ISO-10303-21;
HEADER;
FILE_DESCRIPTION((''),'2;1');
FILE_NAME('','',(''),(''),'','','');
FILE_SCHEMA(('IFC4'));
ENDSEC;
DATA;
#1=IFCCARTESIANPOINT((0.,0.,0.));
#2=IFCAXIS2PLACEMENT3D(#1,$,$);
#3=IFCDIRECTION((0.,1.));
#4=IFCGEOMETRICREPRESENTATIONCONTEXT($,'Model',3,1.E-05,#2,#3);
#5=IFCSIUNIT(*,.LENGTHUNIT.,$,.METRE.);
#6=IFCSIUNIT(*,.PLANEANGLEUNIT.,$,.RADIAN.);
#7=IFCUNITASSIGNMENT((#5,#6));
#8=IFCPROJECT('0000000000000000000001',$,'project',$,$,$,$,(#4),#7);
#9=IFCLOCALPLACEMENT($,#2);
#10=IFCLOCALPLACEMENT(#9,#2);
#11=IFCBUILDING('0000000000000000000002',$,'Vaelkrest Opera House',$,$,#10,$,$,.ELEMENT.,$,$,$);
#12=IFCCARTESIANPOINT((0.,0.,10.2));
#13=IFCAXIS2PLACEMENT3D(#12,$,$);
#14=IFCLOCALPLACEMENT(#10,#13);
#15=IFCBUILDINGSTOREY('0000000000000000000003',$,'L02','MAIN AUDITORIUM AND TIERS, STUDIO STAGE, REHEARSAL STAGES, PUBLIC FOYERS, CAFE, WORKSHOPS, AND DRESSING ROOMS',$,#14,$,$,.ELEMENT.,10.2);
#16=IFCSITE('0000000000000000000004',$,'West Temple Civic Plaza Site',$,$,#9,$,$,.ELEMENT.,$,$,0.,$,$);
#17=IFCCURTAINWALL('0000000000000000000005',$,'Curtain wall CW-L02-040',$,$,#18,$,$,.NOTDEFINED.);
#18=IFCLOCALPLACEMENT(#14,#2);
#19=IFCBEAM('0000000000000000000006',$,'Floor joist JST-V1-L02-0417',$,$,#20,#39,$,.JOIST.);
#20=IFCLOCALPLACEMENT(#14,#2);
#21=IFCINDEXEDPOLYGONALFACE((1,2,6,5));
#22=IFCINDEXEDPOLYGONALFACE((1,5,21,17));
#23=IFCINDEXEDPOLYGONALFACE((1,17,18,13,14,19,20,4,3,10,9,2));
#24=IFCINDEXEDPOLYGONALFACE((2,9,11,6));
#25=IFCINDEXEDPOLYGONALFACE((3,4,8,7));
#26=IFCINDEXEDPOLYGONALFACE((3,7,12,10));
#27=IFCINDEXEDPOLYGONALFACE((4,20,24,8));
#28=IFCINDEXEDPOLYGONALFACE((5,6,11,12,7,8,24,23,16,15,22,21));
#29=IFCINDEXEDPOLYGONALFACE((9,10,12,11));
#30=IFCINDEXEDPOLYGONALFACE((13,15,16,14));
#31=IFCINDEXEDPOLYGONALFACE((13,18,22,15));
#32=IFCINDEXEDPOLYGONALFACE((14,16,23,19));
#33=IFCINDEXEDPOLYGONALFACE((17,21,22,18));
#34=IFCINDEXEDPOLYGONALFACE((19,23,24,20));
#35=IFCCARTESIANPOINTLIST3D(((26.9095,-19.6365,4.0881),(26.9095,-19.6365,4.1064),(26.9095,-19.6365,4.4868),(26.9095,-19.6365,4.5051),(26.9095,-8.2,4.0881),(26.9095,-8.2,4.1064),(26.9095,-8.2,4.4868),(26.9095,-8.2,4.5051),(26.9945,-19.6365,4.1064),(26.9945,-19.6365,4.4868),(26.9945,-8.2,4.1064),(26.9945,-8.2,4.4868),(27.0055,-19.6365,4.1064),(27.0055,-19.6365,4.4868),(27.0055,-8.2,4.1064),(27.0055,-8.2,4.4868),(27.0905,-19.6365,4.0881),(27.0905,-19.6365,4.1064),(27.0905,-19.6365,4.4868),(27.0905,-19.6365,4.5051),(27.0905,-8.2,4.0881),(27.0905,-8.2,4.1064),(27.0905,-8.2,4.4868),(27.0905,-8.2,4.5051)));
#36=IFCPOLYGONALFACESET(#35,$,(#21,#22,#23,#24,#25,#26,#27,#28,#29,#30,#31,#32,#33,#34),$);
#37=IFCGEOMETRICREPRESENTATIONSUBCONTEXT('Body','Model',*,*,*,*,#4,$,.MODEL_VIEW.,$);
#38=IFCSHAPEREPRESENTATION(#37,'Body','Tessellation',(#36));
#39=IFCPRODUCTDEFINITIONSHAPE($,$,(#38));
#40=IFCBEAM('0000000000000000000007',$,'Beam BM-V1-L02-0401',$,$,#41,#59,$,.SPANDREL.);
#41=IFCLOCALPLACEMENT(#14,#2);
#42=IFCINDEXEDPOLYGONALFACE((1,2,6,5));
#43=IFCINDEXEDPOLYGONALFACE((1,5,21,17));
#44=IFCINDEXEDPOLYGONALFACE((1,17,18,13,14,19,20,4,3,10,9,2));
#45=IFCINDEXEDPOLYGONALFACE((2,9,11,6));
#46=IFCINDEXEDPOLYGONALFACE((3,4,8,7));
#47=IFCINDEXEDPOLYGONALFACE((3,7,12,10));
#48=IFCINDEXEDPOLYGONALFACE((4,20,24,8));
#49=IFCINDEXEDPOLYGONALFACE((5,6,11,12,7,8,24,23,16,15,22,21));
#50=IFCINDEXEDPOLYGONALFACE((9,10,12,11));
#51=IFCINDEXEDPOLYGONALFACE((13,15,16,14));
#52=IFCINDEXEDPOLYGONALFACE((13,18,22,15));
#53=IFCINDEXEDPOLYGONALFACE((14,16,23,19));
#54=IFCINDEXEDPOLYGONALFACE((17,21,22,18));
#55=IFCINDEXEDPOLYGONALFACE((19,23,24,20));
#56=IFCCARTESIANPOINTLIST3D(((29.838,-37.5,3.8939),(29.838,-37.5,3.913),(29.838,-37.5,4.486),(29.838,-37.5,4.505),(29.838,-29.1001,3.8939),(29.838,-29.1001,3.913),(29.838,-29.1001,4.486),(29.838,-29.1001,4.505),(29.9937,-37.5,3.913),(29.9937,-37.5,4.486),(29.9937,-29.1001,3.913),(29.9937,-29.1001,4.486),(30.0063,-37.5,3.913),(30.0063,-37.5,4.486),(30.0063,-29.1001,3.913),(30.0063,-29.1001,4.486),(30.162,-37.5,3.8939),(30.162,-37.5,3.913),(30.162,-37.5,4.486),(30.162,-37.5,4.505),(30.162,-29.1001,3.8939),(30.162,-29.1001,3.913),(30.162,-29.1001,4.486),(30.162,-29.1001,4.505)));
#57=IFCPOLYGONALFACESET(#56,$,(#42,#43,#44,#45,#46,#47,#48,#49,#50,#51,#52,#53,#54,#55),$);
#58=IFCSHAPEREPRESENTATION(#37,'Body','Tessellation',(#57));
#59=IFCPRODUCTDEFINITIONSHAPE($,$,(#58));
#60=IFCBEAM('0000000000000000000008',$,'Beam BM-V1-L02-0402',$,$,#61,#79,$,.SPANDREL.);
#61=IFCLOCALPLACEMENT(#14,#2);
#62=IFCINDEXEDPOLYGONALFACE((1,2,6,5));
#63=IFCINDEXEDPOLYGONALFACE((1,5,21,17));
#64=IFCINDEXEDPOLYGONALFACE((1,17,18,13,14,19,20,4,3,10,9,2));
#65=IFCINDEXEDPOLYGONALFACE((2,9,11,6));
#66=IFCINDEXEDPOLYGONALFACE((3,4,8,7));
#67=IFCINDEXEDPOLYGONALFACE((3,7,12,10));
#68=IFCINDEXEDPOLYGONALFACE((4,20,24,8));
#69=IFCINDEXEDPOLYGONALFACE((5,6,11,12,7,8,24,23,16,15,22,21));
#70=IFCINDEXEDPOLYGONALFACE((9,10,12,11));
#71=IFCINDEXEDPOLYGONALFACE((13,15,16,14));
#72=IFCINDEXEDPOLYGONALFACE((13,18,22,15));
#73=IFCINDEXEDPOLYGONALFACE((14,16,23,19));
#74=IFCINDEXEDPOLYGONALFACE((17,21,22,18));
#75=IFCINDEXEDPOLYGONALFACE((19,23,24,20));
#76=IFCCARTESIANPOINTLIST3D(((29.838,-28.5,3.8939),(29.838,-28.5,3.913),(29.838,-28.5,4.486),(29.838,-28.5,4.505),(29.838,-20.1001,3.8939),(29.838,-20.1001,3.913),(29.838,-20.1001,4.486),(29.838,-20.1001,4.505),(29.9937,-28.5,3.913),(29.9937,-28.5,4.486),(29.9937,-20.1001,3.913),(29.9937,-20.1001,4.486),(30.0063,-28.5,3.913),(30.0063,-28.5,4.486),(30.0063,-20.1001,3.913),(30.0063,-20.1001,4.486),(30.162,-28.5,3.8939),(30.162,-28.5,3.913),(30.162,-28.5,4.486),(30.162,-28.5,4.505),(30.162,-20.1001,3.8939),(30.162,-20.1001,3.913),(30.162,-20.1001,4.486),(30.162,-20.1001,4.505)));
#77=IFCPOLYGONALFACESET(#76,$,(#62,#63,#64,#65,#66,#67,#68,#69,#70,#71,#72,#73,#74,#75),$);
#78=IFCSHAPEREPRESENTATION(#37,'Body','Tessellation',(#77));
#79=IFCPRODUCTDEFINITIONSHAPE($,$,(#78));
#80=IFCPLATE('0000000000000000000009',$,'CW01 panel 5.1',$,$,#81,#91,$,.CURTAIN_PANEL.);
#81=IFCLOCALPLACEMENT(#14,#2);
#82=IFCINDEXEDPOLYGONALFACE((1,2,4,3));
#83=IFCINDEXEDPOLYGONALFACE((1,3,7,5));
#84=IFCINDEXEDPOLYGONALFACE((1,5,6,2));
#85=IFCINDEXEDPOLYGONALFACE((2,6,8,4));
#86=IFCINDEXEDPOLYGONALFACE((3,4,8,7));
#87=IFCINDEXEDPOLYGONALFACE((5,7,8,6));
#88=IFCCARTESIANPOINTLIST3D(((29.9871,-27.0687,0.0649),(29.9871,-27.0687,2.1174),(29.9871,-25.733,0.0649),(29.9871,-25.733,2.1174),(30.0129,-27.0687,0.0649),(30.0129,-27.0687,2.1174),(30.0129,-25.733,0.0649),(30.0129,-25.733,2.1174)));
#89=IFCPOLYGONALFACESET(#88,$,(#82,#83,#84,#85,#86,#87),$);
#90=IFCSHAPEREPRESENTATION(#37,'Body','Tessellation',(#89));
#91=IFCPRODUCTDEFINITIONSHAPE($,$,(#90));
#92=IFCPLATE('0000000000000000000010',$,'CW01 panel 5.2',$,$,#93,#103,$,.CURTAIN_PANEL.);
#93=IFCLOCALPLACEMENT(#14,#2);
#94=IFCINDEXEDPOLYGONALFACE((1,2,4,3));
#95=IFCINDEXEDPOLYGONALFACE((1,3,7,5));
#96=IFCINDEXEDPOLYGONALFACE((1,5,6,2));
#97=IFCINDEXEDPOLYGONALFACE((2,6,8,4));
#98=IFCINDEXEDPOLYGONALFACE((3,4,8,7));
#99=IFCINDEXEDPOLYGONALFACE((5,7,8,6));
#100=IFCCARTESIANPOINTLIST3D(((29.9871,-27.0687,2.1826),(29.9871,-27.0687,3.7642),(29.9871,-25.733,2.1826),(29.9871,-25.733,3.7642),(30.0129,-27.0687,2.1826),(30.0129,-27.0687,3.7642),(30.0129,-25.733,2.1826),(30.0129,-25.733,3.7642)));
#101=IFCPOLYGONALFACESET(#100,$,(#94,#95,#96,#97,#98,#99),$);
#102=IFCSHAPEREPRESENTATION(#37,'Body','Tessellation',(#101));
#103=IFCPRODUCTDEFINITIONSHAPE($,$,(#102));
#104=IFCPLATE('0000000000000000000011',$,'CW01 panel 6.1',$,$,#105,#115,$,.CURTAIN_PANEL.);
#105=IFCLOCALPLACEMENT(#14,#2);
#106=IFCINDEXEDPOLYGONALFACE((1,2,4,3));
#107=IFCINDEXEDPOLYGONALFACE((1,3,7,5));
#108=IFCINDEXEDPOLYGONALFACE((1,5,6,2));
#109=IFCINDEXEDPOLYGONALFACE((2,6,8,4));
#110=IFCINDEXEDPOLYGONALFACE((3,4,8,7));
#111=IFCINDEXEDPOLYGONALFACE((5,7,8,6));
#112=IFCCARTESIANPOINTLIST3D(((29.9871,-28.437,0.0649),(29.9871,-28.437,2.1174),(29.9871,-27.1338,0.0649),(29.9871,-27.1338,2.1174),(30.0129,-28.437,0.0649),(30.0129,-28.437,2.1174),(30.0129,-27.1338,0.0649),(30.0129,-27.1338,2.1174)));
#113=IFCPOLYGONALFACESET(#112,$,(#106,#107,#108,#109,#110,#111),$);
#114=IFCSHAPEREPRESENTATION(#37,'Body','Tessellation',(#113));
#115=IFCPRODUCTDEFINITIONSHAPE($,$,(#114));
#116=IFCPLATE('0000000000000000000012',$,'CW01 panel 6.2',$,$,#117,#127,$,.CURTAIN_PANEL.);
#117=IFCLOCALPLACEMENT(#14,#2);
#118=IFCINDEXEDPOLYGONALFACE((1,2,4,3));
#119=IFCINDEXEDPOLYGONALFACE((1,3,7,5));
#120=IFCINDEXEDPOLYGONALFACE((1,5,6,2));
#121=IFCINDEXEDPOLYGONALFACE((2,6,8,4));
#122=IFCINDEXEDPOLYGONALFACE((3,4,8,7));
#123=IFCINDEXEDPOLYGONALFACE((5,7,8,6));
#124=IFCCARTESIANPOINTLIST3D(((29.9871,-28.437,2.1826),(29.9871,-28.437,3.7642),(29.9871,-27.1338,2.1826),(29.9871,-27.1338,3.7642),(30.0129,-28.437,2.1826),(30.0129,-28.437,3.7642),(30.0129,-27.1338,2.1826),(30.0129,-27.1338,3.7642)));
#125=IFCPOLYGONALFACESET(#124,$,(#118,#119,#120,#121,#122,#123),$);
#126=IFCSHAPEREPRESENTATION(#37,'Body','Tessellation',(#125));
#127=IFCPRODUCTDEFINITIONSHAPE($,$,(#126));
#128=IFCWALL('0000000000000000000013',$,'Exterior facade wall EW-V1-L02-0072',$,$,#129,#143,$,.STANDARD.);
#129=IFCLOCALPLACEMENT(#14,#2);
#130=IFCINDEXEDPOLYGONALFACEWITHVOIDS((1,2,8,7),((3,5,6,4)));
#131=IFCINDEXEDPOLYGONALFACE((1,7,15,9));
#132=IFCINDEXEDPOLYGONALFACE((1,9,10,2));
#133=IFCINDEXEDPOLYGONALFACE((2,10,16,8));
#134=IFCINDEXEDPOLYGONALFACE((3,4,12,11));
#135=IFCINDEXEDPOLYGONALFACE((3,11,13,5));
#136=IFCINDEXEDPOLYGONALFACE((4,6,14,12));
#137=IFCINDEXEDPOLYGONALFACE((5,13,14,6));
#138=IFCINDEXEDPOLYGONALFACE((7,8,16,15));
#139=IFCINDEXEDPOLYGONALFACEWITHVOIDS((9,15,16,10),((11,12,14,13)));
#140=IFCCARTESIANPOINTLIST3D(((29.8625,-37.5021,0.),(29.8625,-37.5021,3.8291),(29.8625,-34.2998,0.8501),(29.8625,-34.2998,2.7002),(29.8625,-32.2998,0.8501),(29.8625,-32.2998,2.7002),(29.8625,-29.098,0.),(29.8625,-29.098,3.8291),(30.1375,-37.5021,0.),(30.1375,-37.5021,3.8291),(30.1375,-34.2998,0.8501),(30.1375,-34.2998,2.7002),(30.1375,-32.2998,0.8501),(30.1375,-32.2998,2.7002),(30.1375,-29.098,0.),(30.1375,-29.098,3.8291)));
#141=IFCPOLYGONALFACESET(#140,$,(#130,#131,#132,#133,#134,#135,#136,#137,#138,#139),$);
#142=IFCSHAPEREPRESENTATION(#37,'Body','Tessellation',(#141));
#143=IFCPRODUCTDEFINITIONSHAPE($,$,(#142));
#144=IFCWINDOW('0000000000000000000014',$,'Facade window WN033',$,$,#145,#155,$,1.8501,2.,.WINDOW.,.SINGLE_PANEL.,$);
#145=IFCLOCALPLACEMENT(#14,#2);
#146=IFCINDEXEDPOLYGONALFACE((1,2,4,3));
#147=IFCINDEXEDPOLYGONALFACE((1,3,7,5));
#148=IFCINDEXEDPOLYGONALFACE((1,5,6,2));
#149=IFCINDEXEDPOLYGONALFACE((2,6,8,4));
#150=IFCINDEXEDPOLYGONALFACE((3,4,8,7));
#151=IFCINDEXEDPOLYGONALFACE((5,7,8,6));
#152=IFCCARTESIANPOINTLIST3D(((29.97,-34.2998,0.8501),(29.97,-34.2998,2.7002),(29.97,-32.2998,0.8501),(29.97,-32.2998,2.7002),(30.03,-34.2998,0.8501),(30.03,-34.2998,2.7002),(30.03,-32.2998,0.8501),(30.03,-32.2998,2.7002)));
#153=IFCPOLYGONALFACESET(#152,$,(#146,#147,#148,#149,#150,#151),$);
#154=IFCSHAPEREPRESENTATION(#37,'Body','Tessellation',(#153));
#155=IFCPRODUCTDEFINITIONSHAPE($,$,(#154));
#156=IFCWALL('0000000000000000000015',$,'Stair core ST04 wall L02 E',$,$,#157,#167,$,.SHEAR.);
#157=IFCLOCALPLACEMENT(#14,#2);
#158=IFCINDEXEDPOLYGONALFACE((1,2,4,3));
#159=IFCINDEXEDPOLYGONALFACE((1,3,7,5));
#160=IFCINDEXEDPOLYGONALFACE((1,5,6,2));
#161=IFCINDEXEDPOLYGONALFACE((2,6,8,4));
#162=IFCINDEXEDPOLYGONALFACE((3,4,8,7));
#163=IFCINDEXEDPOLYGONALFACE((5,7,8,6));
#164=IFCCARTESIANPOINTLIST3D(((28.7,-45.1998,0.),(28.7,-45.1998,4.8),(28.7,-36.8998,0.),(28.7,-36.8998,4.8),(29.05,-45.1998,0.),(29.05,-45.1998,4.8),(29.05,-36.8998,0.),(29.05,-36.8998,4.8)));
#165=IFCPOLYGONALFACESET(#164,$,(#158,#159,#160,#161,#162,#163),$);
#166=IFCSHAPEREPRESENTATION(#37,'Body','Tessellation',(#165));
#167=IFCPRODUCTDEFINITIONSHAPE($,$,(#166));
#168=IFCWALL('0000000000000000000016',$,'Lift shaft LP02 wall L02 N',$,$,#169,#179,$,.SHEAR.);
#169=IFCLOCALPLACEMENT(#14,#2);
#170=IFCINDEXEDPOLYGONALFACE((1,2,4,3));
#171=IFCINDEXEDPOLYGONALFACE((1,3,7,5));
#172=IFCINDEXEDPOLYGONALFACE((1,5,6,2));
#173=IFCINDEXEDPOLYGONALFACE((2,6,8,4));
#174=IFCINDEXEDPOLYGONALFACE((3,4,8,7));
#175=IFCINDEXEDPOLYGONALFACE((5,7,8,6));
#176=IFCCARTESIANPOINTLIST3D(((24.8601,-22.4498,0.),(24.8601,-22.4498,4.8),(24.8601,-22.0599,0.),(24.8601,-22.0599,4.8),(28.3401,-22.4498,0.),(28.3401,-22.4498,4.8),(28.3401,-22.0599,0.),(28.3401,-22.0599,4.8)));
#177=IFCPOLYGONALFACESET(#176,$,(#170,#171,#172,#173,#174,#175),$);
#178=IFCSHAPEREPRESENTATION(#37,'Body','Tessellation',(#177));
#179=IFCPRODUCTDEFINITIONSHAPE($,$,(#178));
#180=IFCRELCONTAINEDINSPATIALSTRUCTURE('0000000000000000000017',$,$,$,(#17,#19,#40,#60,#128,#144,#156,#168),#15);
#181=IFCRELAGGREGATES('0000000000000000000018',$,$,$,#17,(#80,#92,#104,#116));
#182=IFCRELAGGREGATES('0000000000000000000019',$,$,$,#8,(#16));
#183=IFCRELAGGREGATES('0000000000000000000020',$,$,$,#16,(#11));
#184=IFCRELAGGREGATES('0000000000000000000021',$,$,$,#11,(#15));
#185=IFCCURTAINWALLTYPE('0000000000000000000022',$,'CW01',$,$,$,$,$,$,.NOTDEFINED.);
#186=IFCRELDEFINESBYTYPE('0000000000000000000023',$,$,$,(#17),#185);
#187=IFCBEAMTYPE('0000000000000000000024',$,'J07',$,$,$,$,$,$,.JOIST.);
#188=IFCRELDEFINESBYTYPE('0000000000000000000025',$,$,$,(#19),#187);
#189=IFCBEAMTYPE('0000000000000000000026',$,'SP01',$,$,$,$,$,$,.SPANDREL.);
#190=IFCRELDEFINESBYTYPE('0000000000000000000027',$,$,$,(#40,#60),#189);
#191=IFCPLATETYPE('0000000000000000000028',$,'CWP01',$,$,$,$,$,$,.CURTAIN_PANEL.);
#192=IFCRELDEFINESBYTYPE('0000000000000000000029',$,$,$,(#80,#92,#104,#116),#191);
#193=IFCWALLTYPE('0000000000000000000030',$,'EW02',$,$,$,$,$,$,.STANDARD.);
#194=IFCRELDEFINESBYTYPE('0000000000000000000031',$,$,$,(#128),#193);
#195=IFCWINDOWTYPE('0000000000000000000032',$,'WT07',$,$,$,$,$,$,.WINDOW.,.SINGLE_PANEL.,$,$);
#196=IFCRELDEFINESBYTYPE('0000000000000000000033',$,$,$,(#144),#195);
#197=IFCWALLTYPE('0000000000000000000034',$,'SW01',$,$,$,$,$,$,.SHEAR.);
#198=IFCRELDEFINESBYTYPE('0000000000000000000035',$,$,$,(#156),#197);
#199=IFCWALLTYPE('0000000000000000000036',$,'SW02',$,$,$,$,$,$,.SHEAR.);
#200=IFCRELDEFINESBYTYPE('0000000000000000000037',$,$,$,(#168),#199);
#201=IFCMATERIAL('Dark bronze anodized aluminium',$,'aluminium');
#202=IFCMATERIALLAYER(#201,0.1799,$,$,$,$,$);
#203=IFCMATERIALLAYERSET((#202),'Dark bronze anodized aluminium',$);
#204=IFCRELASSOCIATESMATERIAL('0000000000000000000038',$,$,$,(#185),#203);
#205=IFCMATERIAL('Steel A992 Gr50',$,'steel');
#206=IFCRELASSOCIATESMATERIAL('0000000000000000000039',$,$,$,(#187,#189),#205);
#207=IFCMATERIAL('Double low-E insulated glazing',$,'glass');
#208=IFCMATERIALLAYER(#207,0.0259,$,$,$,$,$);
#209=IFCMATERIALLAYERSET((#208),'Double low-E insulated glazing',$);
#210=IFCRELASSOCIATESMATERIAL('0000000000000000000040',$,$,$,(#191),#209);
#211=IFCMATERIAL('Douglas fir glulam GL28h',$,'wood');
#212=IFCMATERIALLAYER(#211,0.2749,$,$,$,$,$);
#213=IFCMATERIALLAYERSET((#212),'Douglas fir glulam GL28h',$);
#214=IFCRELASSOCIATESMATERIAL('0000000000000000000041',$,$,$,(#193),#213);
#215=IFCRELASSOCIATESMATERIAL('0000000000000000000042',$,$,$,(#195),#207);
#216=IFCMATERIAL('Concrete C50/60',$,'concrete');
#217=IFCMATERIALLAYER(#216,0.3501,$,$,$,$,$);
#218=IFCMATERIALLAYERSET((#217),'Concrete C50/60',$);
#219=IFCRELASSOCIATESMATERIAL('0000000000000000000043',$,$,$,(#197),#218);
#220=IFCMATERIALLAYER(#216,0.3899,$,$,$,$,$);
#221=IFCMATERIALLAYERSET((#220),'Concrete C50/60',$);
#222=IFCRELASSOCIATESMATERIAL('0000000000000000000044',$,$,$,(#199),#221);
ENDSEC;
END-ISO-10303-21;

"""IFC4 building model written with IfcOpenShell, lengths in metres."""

from ifc_helpers import new_model, si_unit, direction, frame, frame_2d, origin, origin_2d, place, context, subcontext, project, spatial, rectangle, i_section, extrude, material, layer, layer_set, material_profile, profile_set, type_object, element, fill, aggregate, save


model = new_model("IFC4")

# Units and contexts
model_context = context("Model", 3, precision=1e-05, world=origin(), true_north=direction((0.0, 1.0)))
body_context = subcontext(model_context, "Body", "Model", "MODEL_VIEW")
ifc_project = project(units=[si_unit("LENGTHUNIT", "METRE"), si_unit("PLANEANGLEUNIT", "RADIAN")], contexts=[model_context])

# Site, building, storey
site_placement = place(None, origin())
site = spatial("IfcSite", under=ifc_project, at=site_placement, Name="West Temple Civic Plaza Site", CompositionType="ELEMENT", RefElevation=0.0)
building_placement = place(site_placement, origin())
building = spatial("IfcBuilding", under=site, at=building_placement, Name="Vaelkrest Opera House", CompositionType="ELEMENT")
storey_placement = place(building_placement, frame((0.0, 0.0, 10.2)))
storey = spatial("IfcBuildingStorey", under=building, at=storey_placement, Name="L02", Description="MAIN AUDITORIUM AND TIERS, STUDIO STAGE, REHEARSAL STAGES, PUBLIC FOYERS, CAFE, WORKSHOPS, AND DRESSING ROOMS", CompositionType="ELEMENT", Elevation=10.2)

# Shared definitions
ifc_material_1 = material(Name="Concrete C50/60", Category="concrete")

# Curtain wall
ifc_material_2 = material(Name="Dark bronze anodized aluminium", Category="aluminium")
ifc_layer_1 = layer(ifc_material_2, 0.1799)
ifc_layer_set_1 = layer_set([ifc_layer_1], Name="Dark bronze anodized aluminium")
curtain_wall_type_1 = type_object("IfcCurtainWallType", Name="CW01", PredefinedType="NOTDEFINED", material=ifc_layer_set_1)
curtain_wall_1_placement = place(storey_placement, origin())
curtain_wall_1 = element("IfcCurtainWall", 1, at=curtain_wall_1_placement, inside=storey, type_object=curtain_wall_type_1, Name="Curtain wall CW-L02-040", PredefinedType="NOTDEFINED")

# Beams
ifc_material_3 = material(Name="Steel A992 Gr50", Category="steel")
ifc_material_profile_1 = material_profile(ifc_material_3, i_section(OverallWidth=0.1809, OverallDepth=0.417, WebThickness=0.011, FlangeThickness=0.0183, at=origin_2d()), Name="W16X57")
ifc_profile_set_1 = profile_set([ifc_material_profile_1], Name="Steel A992 Gr50")
beam_type_1 = type_object("IfcBeamType", Name="J07", PredefinedType="JOIST", material=ifc_profile_set_1)
beam_placement = place(storey_placement, frame((27.0, -19.6365, 4.2966), z_axis=(0.0, 1.0, 0.0), x_axis=(-1.0, 0.0, 0.0)))
element("IfcBeam", 2, at=beam_placement, inside=storey, type_object=beam_type_1, Name="Floor joist JST-V1-L02-0417", PredefinedType="JOIST", context=body_context, shape_type="SweptSolid", body=[
    extrude(i_section(OverallWidth=0.1809, OverallDepth=0.417, WebThickness=0.011, FlangeThickness=0.0183, at=origin_2d()), origin(), (0.0, 0.0, 1.0), 11.4365),
])
ifc_material_profile_2 = material_profile(ifc_material_3, i_section(OverallWidth=0.324, OverallDepth=0.6111, WebThickness=0.0127, FlangeThickness=0.019, at=origin_2d()), Name="W24X104")
ifc_profile_set_2 = profile_set([ifc_material_profile_2], Name="Steel A992 Gr50")
beam_type_2 = type_object("IfcBeamType", Name="SP01", PredefinedType="SPANDREL", material=ifc_profile_set_2)
for number, where, z_axis, x_axis, name in (
    (3, (30.0, -37.5, 4.1995), (0.0, 1.0, 0.0), (-1.0, 0.0, 0.0), "Beam BM-V1-L02-0401"),
    (4, (30.0, -28.5, 4.1995), (0.0, 1.0, 0.0), (-1.0, 0.0, 0.0), "Beam BM-V1-L02-0402"),
):
    element("IfcBeam", number, at=place(storey_placement, frame(where, z_axis=z_axis, x_axis=x_axis)), inside=storey, type_object=beam_type_2, Name=name, PredefinedType="SPANDREL", context=body_context, shape_type="SweptSolid", body=[
        extrude(i_section(OverallWidth=0.324, OverallDepth=0.6111, WebThickness=0.0127, FlangeThickness=0.019, at=origin_2d()), origin(), (0.0, 0.0, 1.0), 8.3999),
    ])

# Plates
ifc_material_4 = material(Name="Double low-E insulated glazing", Category="glass")
ifc_layer_2 = layer(ifc_material_4, 0.0259)
ifc_layer_set_2 = layer_set([ifc_layer_2], Name="Double low-E insulated glazing")
plate_type = type_object("IfcPlateType", Name="CWP01", PredefinedType="CURTAIN_PANEL", material=ifc_layer_set_2)
plate_1_placement = place(storey_placement, frame((30.0, -26.4009, 0.0649), z_axis=(0.0, 0.0, 1.0), x_axis=(0.0, -1.0, 0.0)))
plate_1 = element("IfcPlate", 5, at=plate_1_placement, type_object=plate_type, Name="CW01 panel 5.1", PredefinedType="CURTAIN_PANEL", context=body_context, shape_type="SweptSolid", body=[
    extrude(rectangle(XDim=1.3357, YDim=0.0259, at=origin_2d()), origin(), (0.0, 0.0, 1.0), 2.0525),
])
plate_2_placement = place(storey_placement, frame((30.0, -26.4009, 2.1826), z_axis=(0.0, 0.0, 1.0), x_axis=(0.0, -1.0, 0.0)))
plate_2 = element("IfcPlate", 6, at=plate_2_placement, type_object=plate_type, Name="CW01 panel 5.2", PredefinedType="CURTAIN_PANEL", context=body_context, shape_type="SweptSolid", body=[
    extrude(rectangle(XDim=1.3357, YDim=0.0259, at=origin_2d()), origin(), (0.0, 0.0, 1.0), 1.5815),
])
plate_3_placement = place(storey_placement, frame((30.0, -27.7854, 0.0649), z_axis=(0.0, 0.0, 1.0), x_axis=(0.0, -1.0, 0.0)))
plate_3 = element("IfcPlate", 7, at=plate_3_placement, type_object=plate_type, Name="CW01 panel 6.1", PredefinedType="CURTAIN_PANEL", context=body_context, shape_type="SweptSolid", body=[
    extrude(rectangle(XDim=1.3032, YDim=0.0259, at=origin_2d()), origin(), (0.0, 0.0, 1.0), 2.0525),
])
plate_4_placement = place(storey_placement, frame((30.0, -27.7854, 2.1826), z_axis=(0.0, 0.0, 1.0), x_axis=(0.0, -1.0, 0.0)))
plate_4 = element("IfcPlate", 8, at=plate_4_placement, type_object=plate_type, Name="CW01 panel 6.2", PredefinedType="CURTAIN_PANEL", context=body_context, shape_type="SweptSolid", body=[
    extrude(rectangle(XDim=1.3032, YDim=0.0259, at=origin_2d()), origin(), (0.0, 0.0, 1.0), 1.5815),
])
aggregate(curtain_wall_1, [plate_1, plate_2, plate_3, plate_4])

# Wall, opening, window
ifc_material_5 = material(Name="Douglas fir glulam GL28h", Category="wood")
ifc_layer_3 = layer(ifc_material_5, 0.2749)
ifc_layer_set_3 = layer_set([ifc_layer_3], Name="Douglas fir glulam GL28h")
wall_type_1 = type_object("IfcWallType", Name="EW02", PredefinedType="STANDARD", material=ifc_layer_set_3)
wall_1_placement = place(storey_placement, frame((30.0, -29.0979, 0.0), z_axis=(0.0, 0.0, 1.0), x_axis=(0.0, -1.0, 0.0)))
wall_1 = element("IfcWall", 9, at=wall_1_placement, inside=storey, type_object=wall_type_1, Name="Exterior facade wall EW-V1-L02-0072", PredefinedType="STANDARD", context=body_context, shape_type="SweptSolid", body=[
    extrude(rectangle(XDim=8.4041, YDim=0.2749, at=frame_2d((4.2021, 0.0))), origin(), (0.0, 0.0, 1.0), 3.8291),
])
opening_1_placement = place(wall_1_placement, frame((3.2019, 0.0, 0.8501)))
opening_1 = element("IfcOpeningElement", 10, at=opening_1_placement, cuts=wall_1, PredefinedType="OPENING", context=body_context, shape_type="SweptSolid", body=[
    extrude(rectangle(XDim=2.0, YDim=1.8501, at=frame_2d((1.0, 0.925))), frame((0.0, 0.1475, 0.0), z_axis=(0.0, -1.0, 0.0), x_axis=(1.0, 0.0, 0.0)), (0.0, 0.0, 1.0), 0.2949),
])
window_type = type_object("IfcWindowType", Name="WT07", PartitioningType="SINGLE_PANEL", PredefinedType="WINDOW", material=ifc_material_4)
window_placement = place(opening_1_placement, origin())
window = element("IfcWindow", 11, at=window_placement, inside=storey, type_object=window_type, Name="Facade window WN033", OverallHeight=1.8501, OverallWidth=2.0, PartitioningType="SINGLE_PANEL", PredefinedType="WINDOW", context=body_context, shape_type="SweptSolid", body=[
    extrude(rectangle(XDim=2.0, YDim=1.8501, at=frame_2d((1.0, 0.925))), frame((0.0, 0.03, 0.0), z_axis=(0.0, -1.0, 0.0), x_axis=(1.0, 0.0, 0.0)), (0.0, 0.0, 1.0), 0.0601),
])
fill(opening_1, window)

# Wall
ifc_layer_4 = layer(ifc_material_1, 0.3501)
ifc_layer_set_4 = layer_set([ifc_layer_4], Name="Concrete C50/60")
wall_type_2 = type_object("IfcWallType", Name="SW01", PredefinedType="SHEAR", material=ifc_layer_set_4)
wall_2_placement = place(storey_placement, frame((28.875, -36.8999, 0.0), z_axis=(0.0, 0.0, 1.0), x_axis=(0.0, -1.0, 0.0)))
element("IfcWall", 12, at=wall_2_placement, inside=storey, type_object=wall_type_2, Name="Stair core ST04 wall L02 E", PredefinedType="SHEAR", context=body_context, shape_type="SweptSolid", body=[
    extrude(rectangle(XDim=8.3, YDim=0.3501, at=frame_2d((4.1499, 0.0))), origin(), (0.0, 0.0, 1.0), 4.8),
])

# Shared definitions
ifc_layer_5 = layer(ifc_material_1, 0.3899)
ifc_layer_set_5 = layer_set([ifc_layer_5], Name="Concrete C50/60")
wall_type_3 = type_object("IfcWallType", Name="SW02", PredefinedType="SHEAR", material=ifc_layer_set_5)

# Wall
wall_3_placement = place(storey_placement, frame((24.8601, -22.2549, 0.0), z_axis=(0.0, 0.0, 1.0), x_axis=(1.0, 0.0, 0.0)))
element("IfcWall", 13, at=wall_3_placement, inside=storey, type_object=wall_type_3, Name="Lift shaft LP02 wall L02 N", PredefinedType="SHEAR", context=body_context, shape_type="SweptSolid", body=[
    extrude(rectangle(XDim=3.48, YDim=0.3899, at=frame_2d((1.74, 0.0))), origin(), (0.0, 0.0, 1.0), 4.8),
])

save(model, "model.ifc")
